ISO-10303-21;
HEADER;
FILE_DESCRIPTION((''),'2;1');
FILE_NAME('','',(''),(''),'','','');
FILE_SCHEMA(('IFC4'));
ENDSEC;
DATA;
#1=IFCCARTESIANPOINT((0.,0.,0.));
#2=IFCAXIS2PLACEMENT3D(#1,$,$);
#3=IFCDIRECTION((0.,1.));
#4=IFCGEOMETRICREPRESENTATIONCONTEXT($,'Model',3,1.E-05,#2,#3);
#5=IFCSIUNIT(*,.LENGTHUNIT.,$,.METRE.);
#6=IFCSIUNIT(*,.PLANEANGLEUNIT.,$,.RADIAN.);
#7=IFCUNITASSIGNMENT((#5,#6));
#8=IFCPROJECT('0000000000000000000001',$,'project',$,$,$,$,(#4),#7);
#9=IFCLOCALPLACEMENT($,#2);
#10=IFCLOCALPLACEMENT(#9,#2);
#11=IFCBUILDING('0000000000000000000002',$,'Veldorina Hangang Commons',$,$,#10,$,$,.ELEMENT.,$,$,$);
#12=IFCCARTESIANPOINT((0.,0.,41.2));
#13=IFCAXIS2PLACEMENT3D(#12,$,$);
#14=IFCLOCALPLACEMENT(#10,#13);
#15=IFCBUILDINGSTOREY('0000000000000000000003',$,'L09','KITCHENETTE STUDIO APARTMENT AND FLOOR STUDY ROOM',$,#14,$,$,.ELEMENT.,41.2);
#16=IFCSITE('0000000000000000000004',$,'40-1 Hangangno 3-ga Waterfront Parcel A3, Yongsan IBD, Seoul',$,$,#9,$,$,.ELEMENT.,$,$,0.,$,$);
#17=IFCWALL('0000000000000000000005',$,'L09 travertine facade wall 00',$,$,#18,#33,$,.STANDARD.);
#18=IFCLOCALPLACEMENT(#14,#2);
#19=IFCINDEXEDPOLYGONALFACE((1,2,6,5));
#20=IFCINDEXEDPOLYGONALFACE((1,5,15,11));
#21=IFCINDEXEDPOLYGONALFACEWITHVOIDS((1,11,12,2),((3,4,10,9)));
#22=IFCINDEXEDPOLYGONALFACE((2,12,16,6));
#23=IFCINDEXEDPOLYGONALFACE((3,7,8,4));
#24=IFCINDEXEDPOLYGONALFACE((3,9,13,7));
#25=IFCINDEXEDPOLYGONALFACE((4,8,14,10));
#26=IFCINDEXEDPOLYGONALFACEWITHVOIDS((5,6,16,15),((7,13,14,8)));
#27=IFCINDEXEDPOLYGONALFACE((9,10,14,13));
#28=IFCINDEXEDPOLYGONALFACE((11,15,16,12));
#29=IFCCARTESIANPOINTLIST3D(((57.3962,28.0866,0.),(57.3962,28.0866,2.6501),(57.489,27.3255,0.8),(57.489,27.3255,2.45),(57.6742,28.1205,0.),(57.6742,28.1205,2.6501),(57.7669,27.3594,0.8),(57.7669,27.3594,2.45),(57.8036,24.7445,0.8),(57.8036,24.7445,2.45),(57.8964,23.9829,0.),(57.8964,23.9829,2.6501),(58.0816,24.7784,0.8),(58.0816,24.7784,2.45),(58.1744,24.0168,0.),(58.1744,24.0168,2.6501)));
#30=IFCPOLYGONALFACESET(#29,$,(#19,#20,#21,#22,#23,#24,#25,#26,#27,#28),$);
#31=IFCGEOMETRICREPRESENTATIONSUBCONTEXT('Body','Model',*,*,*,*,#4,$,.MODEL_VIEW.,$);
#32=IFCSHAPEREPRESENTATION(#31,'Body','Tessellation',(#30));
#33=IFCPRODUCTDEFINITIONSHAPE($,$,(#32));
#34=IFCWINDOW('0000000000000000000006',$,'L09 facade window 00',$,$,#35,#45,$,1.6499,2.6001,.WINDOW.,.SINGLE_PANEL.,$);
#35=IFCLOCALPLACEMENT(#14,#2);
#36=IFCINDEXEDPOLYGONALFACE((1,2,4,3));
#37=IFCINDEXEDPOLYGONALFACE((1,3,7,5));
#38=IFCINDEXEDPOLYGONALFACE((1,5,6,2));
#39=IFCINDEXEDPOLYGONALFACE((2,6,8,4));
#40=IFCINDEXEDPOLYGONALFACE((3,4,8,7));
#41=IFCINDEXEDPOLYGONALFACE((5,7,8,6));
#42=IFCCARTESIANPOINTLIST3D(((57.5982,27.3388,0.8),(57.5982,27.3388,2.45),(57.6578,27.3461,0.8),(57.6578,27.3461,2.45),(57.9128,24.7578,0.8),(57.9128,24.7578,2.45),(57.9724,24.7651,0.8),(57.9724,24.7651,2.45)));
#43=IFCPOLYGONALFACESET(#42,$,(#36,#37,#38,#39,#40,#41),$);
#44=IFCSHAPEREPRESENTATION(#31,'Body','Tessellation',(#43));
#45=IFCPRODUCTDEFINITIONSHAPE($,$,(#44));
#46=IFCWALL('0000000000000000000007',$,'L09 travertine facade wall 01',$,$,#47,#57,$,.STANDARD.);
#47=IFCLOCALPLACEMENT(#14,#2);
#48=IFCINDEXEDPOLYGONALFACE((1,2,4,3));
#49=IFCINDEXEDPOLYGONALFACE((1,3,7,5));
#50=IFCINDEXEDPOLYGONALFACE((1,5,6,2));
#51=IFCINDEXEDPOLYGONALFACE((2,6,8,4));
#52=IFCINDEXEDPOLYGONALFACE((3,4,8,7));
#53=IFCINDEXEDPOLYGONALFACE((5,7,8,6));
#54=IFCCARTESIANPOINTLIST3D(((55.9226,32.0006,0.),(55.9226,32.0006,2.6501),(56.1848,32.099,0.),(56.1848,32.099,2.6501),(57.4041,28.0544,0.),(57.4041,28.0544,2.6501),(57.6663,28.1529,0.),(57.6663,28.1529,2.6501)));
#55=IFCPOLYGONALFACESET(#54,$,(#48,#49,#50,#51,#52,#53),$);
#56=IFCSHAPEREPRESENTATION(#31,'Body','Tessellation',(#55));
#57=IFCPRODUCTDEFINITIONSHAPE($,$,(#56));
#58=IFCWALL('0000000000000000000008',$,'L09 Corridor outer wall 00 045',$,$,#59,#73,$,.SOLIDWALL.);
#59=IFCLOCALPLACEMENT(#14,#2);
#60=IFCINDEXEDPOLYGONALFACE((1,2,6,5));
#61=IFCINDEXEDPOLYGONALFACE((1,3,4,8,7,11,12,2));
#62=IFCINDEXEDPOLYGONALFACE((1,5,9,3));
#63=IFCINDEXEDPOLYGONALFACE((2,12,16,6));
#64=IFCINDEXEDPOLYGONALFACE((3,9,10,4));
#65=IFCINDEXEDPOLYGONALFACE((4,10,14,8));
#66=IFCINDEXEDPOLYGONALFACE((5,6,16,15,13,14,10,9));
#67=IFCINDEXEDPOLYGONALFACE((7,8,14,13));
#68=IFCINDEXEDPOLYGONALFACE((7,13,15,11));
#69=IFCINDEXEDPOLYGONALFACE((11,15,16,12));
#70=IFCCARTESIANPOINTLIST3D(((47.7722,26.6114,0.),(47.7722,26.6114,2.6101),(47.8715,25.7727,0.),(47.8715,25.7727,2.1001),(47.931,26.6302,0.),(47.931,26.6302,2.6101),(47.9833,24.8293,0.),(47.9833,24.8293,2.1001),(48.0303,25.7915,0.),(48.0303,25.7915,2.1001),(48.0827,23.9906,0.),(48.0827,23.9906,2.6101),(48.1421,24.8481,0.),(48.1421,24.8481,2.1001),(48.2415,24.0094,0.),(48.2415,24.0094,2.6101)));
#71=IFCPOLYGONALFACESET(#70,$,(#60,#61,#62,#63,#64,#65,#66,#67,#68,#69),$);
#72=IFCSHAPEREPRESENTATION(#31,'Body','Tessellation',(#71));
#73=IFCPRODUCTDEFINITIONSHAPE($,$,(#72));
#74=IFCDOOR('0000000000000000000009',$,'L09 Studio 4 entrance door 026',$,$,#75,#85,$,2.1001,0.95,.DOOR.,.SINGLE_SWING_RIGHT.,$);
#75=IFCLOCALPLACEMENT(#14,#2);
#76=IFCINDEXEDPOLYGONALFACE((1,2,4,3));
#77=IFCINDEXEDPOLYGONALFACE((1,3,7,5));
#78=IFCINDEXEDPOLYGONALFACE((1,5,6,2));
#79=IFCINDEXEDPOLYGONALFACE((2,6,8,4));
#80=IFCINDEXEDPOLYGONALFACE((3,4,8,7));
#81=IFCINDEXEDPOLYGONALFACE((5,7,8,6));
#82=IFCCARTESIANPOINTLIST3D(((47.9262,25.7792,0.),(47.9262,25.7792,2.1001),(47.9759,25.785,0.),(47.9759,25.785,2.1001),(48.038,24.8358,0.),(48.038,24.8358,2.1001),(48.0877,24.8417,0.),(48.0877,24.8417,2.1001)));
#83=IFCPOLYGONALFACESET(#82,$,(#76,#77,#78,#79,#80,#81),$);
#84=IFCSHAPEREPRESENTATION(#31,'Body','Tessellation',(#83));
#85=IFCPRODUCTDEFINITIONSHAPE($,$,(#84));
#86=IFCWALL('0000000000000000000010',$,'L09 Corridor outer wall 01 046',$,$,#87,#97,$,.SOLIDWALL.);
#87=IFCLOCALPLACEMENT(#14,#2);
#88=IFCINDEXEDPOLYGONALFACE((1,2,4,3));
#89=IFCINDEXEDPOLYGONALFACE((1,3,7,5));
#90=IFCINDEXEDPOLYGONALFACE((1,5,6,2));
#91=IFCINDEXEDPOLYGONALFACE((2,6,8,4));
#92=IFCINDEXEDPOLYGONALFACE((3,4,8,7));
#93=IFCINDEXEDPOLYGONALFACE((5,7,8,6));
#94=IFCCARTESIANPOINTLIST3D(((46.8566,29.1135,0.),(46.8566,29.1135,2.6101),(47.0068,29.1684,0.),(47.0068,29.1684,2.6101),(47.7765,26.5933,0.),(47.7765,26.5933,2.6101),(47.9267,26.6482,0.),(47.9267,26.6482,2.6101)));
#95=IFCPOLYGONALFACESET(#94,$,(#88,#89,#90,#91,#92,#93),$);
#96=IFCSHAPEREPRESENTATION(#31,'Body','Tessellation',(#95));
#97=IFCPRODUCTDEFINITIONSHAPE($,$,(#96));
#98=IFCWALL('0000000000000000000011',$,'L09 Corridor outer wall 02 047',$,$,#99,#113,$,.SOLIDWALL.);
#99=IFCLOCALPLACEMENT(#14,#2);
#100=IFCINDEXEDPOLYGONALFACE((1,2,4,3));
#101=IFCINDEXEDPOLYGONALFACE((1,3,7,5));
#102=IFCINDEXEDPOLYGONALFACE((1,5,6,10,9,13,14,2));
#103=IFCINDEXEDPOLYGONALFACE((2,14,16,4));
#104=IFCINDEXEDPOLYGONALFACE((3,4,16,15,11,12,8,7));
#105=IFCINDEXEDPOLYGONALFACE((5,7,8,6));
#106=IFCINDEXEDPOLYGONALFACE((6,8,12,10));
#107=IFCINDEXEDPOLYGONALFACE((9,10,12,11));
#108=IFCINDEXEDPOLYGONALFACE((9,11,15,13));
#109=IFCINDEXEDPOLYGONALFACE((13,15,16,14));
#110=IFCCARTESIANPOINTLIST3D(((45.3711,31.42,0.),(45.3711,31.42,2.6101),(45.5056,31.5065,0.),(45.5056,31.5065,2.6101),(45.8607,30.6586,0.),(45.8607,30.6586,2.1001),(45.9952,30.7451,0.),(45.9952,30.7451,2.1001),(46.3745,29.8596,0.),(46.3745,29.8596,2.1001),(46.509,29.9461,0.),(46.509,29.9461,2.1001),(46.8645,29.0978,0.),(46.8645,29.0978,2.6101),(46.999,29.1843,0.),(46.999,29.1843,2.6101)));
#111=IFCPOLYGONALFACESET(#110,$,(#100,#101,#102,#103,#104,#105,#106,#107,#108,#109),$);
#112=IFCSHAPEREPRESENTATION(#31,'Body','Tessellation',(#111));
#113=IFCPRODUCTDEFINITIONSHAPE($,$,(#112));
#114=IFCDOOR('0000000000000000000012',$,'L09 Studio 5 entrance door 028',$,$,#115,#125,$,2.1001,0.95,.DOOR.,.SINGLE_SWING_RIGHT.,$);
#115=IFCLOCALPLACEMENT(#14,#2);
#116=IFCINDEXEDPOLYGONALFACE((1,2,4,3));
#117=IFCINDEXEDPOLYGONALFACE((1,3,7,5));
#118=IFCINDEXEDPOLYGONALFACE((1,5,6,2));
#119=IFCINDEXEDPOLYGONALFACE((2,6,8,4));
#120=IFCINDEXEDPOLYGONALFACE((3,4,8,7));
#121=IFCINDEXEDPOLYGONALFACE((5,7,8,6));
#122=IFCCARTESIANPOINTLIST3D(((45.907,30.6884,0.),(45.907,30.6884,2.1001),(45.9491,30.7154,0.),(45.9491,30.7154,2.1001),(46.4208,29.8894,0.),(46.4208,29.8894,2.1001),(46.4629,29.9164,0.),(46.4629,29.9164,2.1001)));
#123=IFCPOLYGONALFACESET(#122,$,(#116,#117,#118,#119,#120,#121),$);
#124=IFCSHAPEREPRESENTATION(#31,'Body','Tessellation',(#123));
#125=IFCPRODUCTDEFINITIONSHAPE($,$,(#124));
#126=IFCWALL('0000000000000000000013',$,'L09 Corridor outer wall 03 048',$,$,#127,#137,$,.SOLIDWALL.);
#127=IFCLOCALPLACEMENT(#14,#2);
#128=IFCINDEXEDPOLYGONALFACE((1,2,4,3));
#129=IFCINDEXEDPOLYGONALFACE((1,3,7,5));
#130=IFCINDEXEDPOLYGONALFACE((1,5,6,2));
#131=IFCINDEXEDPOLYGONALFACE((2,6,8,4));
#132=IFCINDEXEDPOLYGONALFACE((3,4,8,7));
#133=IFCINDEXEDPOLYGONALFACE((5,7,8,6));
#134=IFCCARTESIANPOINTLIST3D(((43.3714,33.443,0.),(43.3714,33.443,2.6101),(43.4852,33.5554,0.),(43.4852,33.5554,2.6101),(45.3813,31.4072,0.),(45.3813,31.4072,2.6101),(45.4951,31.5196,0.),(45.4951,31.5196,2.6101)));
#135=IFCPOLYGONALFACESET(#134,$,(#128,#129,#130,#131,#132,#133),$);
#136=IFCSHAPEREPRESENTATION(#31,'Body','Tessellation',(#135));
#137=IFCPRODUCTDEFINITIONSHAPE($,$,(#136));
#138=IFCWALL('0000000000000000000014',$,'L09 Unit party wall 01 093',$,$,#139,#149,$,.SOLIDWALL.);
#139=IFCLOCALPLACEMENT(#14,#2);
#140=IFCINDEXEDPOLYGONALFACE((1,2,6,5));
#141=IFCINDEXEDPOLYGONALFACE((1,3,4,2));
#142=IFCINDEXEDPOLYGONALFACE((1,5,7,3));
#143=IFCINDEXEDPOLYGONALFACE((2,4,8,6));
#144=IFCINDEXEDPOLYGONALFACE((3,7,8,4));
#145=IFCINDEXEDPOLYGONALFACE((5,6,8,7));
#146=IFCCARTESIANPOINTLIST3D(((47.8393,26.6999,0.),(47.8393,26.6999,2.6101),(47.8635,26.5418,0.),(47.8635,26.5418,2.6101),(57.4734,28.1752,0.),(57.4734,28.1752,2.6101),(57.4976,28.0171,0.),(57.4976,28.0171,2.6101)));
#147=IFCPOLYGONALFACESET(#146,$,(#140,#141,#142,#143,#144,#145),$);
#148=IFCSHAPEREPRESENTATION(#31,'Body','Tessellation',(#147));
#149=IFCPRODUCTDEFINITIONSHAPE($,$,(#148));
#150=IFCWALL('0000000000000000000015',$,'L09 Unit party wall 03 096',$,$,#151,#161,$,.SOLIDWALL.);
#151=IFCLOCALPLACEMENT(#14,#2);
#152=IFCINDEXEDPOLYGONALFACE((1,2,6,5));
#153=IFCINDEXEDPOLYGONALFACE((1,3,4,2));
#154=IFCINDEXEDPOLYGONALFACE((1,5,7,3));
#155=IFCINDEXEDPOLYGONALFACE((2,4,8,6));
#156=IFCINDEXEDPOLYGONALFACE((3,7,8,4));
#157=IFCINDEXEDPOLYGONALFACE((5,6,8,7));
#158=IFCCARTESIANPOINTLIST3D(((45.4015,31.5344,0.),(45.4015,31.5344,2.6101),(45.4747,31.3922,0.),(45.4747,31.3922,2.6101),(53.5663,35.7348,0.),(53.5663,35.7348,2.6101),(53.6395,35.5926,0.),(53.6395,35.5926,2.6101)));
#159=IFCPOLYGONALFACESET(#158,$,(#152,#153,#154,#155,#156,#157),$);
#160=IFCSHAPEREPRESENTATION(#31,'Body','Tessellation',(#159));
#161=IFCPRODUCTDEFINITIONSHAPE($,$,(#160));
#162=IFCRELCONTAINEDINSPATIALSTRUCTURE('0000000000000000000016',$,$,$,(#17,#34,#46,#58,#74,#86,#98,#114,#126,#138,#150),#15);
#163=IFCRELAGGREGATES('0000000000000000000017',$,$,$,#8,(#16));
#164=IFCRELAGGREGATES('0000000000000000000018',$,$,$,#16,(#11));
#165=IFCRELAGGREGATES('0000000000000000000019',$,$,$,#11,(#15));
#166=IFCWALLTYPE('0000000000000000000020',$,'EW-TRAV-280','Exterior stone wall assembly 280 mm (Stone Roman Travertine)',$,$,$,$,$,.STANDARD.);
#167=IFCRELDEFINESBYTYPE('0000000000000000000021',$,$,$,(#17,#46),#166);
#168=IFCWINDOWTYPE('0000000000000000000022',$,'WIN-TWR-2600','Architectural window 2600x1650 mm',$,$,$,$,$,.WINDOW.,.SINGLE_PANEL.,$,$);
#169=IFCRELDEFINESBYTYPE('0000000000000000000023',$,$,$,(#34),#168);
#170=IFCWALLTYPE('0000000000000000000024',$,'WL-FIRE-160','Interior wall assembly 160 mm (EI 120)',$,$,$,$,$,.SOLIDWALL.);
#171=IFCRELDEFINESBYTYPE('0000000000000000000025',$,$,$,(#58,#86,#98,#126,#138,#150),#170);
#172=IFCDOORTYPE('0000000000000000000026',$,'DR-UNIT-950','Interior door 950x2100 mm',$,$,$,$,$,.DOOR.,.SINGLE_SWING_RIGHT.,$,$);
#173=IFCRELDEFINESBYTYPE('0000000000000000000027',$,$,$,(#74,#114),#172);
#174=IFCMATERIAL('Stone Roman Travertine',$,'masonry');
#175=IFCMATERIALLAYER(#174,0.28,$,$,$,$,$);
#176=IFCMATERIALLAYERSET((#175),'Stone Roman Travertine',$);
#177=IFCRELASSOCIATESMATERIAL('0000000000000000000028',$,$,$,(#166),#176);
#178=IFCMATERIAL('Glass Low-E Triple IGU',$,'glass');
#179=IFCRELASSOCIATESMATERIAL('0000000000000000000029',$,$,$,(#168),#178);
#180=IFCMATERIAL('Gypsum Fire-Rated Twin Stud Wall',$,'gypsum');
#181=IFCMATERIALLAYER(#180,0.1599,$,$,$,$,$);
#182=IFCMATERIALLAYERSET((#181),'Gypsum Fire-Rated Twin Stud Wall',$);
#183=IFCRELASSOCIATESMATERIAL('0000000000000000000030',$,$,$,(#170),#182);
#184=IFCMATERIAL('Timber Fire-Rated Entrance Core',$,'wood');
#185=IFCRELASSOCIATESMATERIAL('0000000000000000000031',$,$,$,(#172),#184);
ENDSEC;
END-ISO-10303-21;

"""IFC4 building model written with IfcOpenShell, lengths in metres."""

from ifc_helpers import new_model, si_unit, direction, frame, frame_2d, origin, place, context, subcontext, project, spatial, rectangle, extrude, material, layer, layer_set, type_object, element, fill, save


model = new_model("IFC4")

# Units and contexts
model_context = context("Model", 3, precision=1e-05, world=origin(), true_north=direction((0.0, 1.0)))
body_context = subcontext(model_context, "Body", "Model", "MODEL_VIEW")
ifc_project = project(units=[si_unit("LENGTHUNIT", "METRE"), si_unit("PLANEANGLEUNIT", "RADIAN")], contexts=[model_context])

# Site, building, storey
site_placement = place(None, origin())
site = spatial("IfcSite", under=ifc_project, at=site_placement, Name="40-1 Hangangno 3-ga Waterfront Parcel A3, Yongsan IBD, Seoul", CompositionType="ELEMENT", RefElevation=0.0)
building_placement = place(site_placement, origin())
building = spatial("IfcBuilding", under=site, at=building_placement, Name="Veldorina Hangang Commons", CompositionType="ELEMENT")
storey_placement = place(building_placement, frame((0.0, 0.0, 41.2)))
storey = spatial("IfcBuildingStorey", under=building, at=storey_placement, Name="L09", Description="KITCHENETTE STUDIO APARTMENT AND FLOOR STUDY ROOM", CompositionType="ELEMENT", Elevation=41.2)

# Wall, opening, window
ifc_material_1 = material(Name="Stone Roman Travertine", Category="masonry")
ifc_layer_1 = layer(ifc_material_1, 0.28)
ifc_layer_set_1 = layer_set([ifc_layer_1], Name="Stone Roman Travertine")
wall_type_1 = type_object("IfcWallType", Name="EW-TRAV-280", Description="Exterior stone wall assembly 280 mm (Stone Roman Travertine)", PredefinedType="STANDARD", material=ifc_layer_set_1)
wall_1_placement = place(storey_placement, frame((58.0354, 24.0, 0.0), z_axis=(0.0, 0.0, 1.0), x_axis=(-0.121003, 0.992652, 0.0)))
wall_1 = element("IfcWall", 1, at=wall_1_placement, inside=storey, type_object=wall_type_1, Name="L09 travertine facade wall 00", PredefinedType="STANDARD", context=body_context, shape_type="SweptSolid", body=[
    extrude(rectangle(XDim=4.134, YDim=0.28, at=frame_2d((2.0669, 0.0))), origin(), (0.0, 0.0, 1.0), 2.6501),
])
opening_1_placement = place(wall_1_placement, frame((0.7671, 0.0, 0.8)))
opening_1 = element("IfcOpeningElement", 2, at=opening_1_placement, cuts=wall_1, PredefinedType="OPENING", context=body_context, shape_type="SweptSolid", body=[
    extrude(rectangle(XDim=2.6001, YDim=1.6499, at=frame_2d((1.3, 0.825))), frame((0.0, 0.1499, 0.0), z_axis=(0.0, -1.0, 0.0), x_axis=(1.0, 0.0, 0.0)), (0.0, 0.0, 1.0), 0.3),
])
ifc_material_2 = material(Name="Glass Low-E Triple IGU", Category="glass")
window_type = type_object("IfcWindowType", Name="WIN-TWR-2600", Description="Architectural window 2600x1650 mm", PartitioningType="SINGLE_PANEL", PredefinedType="WINDOW", material=ifc_material_2)
window_placement = place(opening_1_placement, origin())
window = element("IfcWindow", 3, at=window_placement, inside=storey, type_object=window_type, Name="L09 facade window 00", OverallHeight=1.6499, OverallWidth=2.6001, PartitioningType="SINGLE_PANEL", PredefinedType="WINDOW", context=body_context, shape_type="SweptSolid", body=[
    extrude(rectangle(XDim=2.6001, YDim=1.6499, at=frame_2d((1.3, 0.825))), frame((0.0, 0.03, 0.0), z_axis=(0.0, -1.0, 0.0), x_axis=(1.0, 0.0, 0.0)), (0.0, 0.0, 1.0), 0.0601),
])
fill(opening_1, window)

# Wall
wall_2_placement = place(storey_placement, frame((57.5352, 28.1038, 0.0), z_axis=(0.0, 0.0, 1.0), x_axis=(-0.351473, 0.936198, 0.0)))
element("IfcWall", 4, at=wall_2_placement, inside=storey, type_object=wall_type_1, Name="L09 travertine facade wall 01", PredefinedType="STANDARD", context=body_context, shape_type="SweptSolid", body=[
    extrude(rectangle(XDim=4.2151, YDim=0.28, at=frame_2d((2.1074, 0.0))), origin(), (0.0, 0.0, 1.0), 2.6501),
])

# Wall, opening, door
ifc_material_3 = material(Name="Gypsum Fire-Rated Twin Stud Wall", Category="gypsum")
ifc_layer_2 = layer(ifc_material_3, 0.1599)
ifc_layer_set_2 = layer_set([ifc_layer_2], Name="Gypsum Fire-Rated Twin Stud Wall")
wall_type_2 = type_object("IfcWallType", Name="WL-FIRE-160", Description="Interior wall assembly 160 mm (EI 120)", PredefinedType="SOLIDWALL", material=ifc_layer_set_2)
wall_3_placement = place(storey_placement, frame((48.1621, 24.0, 0.0), z_axis=(0.0, 0.0, 1.0), x_axis=(-0.117668, 0.993053, 0.0)))
wall_3 = element("IfcWall", 5, at=wall_3_placement, inside=storey, type_object=wall_type_2, Name="L09 Corridor outer wall 00 045", PredefinedType="SOLIDWALL", context=body_context, shape_type="SweptSolid", body=[
    extrude(rectangle(XDim=2.6392, YDim=0.1599, at=frame_2d((1.3196, 0.0))), origin(), (0.0, 0.0, 1.0), 2.6101),
])
opening_2_placement = place(wall_3_placement, frame((0.8445, 0.0, 0.0)))
opening_2 = element("IfcOpeningElement", 6, at=opening_2_placement, cuts=wall_3, PredefinedType="OPENING", context=body_context, shape_type="SweptSolid", body=[
    extrude(rectangle(XDim=0.95, YDim=2.1001, at=frame_2d((0.4751, 1.05))), frame((0.0, 0.0898, 0.0), z_axis=(0.0, -1.0, 0.0), x_axis=(1.0, 0.0, 0.0)), (0.0, 0.0, 1.0), 0.1799),
])
ifc_material_4 = material(Name="Timber Fire-Rated Entrance Core", Category="wood")
door_type_1 = type_object("IfcDoorType", Name="DR-UNIT-950", Description="Interior door 950x2100 mm", OperationType="SINGLE_SWING_RIGHT", PredefinedType="DOOR", material=ifc_material_4)
door_1_placement = place(opening_2_placement, origin())
door_1 = element("IfcDoor", 7, at=door_1_placement, inside=storey, type_object=door_type_1, Name="L09 Studio 4 entrance door 026", OperationType="SINGLE_SWING_RIGHT", OverallHeight=2.1001, OverallWidth=0.95, PredefinedType="DOOR", context=body_context, shape_type="SweptSolid", body=[
    extrude(rectangle(XDim=0.95, YDim=2.1001, at=frame_2d((0.4751, 1.05))), frame((0.0, 0.0249, 0.0), z_axis=(0.0, -1.0, 0.0), x_axis=(1.0, 0.0, 0.0)), (0.0, 0.0, 1.0), 0.05),
])
fill(opening_2, door_1)

# Wall
wall_4_placement = place(storey_placement, frame((47.8516, 26.6208, 0.0), z_axis=(0.0, 0.0, 1.0), x_axis=(-0.342883, 0.939378, 0.0)))
element("IfcWall", 8, at=wall_4_placement, inside=storey, type_object=wall_type_2, Name="L09 Corridor outer wall 01 046", PredefinedType="SOLIDWALL", context=body_context, shape_type="SweptSolid", body=[
    extrude(rectangle(XDim=2.6829, YDim=0.1599, at=frame_2d((1.3413, 0.0))), origin(), (0.0, 0.0, 1.0), 2.6101),
])

# Wall, opening, door
wall_5_placement = place(storey_placement, frame((46.9316, 29.1411, 0.0), z_axis=(0.0, 0.0, 1.0), x_axis=(-0.540892, 0.841092, 0.0)))
wall_5 = element("IfcWall", 9, at=wall_5_placement, inside=storey, type_object=wall_type_2, Name="L09 Corridor outer wall 02 047", PredefinedType="SOLIDWALL", context=body_context, shape_type="SweptSolid", body=[
    extrude(rectangle(XDim=2.761, YDim=0.1599, at=frame_2d((1.3804, 0.0))), origin(), (0.0, 0.0, 1.0), 2.6101),
])
opening_3_placement = place(wall_5_placement, frame((0.9055, 0.0, 0.0)))
opening_3 = element("IfcOpeningElement", 10, at=opening_3_placement, cuts=wall_5, PredefinedType="OPENING", context=body_context, shape_type="SweptSolid", body=[
    extrude(rectangle(XDim=0.95, YDim=2.1001, at=frame_2d((0.4751, 1.05))), frame((0.0, 0.0898, 0.0), z_axis=(0.0, -1.0, 0.0), x_axis=(1.0, 0.0, 0.0)), (0.0, 0.0, 1.0), 0.1799),
])
door_2_placement = place(opening_3_placement, origin())
door_2 = element("IfcDoor", 11, at=door_2_placement, inside=storey, type_object=door_type_1, Name="L09 Studio 5 entrance door 028", OperationType="SINGLE_SWING_RIGHT", OverallHeight=2.1001, OverallWidth=0.95, PredefinedType="DOOR", context=body_context, shape_type="SweptSolid", body=[
    extrude(rectangle(XDim=0.95, YDim=2.1001, at=frame_2d((0.4751, 1.05))), frame((0.0, 0.0249, 0.0), z_axis=(0.0, -1.0, 0.0), x_axis=(1.0, 0.0, 0.0)), (0.0, 0.0, 1.0), 0.05),
])
fill(opening_3, door_2)

# Walls
wall_6_placement = place(storey_placement, frame((45.4382, 31.4634, 0.0), z_axis=(0.0, 0.0, 1.0), x_axis=(-0.70257, 0.711615, 0.0)))
element("IfcWall", 12, at=wall_6_placement, inside=storey, type_object=wall_type_2, Name="L09 Corridor outer wall 03 048", PredefinedType="SOLIDWALL", context=body_context, shape_type="SweptSolid", body=[
    extrude(rectangle(XDim=2.8608, YDim=0.1599, at=frame_2d((1.4304, 0.0))), origin(), (0.0, 0.0, 1.0), 2.6101),
])
wall_7_placement = place(storey_placement, frame((47.8516, 26.6208, 0.0), z_axis=(0.0, 0.0, 1.0), x_axis=(0.988477, 0.151374, 0.0)))
element("IfcWall", 13, at=wall_7_placement, inside=storey, type_object=wall_type_2, Name="L09 Unit party wall 01 093", PredefinedType="SOLIDWALL", context=body_context, shape_type="SweptSolid", body=[
    extrude(rectangle(XDim=9.7463, YDim=0.1599, at=frame_2d((4.873, 0.0))), origin(), (0.0, 0.0, 1.0), 2.6101),
])
wall_8_placement = place(storey_placement, frame((45.4382, 31.4634, 0.0), z_axis=(0.0, 0.0, 1.0), x_axis=(0.889226, 0.457469, 0.0)))
element("IfcWall", 14, at=wall_8_placement, inside=storey, type_object=wall_type_2, Name="L09 Unit party wall 03 096", PredefinedType="SOLIDWALL", context=body_context, shape_type="SweptSolid", body=[
    extrude(rectangle(XDim=9.1819, YDim=0.1599, at=frame_2d((4.5908, 0.0))), origin(), (0.0, 0.0, 1.0), 2.6101),
])

save(model, "model.ifc")
